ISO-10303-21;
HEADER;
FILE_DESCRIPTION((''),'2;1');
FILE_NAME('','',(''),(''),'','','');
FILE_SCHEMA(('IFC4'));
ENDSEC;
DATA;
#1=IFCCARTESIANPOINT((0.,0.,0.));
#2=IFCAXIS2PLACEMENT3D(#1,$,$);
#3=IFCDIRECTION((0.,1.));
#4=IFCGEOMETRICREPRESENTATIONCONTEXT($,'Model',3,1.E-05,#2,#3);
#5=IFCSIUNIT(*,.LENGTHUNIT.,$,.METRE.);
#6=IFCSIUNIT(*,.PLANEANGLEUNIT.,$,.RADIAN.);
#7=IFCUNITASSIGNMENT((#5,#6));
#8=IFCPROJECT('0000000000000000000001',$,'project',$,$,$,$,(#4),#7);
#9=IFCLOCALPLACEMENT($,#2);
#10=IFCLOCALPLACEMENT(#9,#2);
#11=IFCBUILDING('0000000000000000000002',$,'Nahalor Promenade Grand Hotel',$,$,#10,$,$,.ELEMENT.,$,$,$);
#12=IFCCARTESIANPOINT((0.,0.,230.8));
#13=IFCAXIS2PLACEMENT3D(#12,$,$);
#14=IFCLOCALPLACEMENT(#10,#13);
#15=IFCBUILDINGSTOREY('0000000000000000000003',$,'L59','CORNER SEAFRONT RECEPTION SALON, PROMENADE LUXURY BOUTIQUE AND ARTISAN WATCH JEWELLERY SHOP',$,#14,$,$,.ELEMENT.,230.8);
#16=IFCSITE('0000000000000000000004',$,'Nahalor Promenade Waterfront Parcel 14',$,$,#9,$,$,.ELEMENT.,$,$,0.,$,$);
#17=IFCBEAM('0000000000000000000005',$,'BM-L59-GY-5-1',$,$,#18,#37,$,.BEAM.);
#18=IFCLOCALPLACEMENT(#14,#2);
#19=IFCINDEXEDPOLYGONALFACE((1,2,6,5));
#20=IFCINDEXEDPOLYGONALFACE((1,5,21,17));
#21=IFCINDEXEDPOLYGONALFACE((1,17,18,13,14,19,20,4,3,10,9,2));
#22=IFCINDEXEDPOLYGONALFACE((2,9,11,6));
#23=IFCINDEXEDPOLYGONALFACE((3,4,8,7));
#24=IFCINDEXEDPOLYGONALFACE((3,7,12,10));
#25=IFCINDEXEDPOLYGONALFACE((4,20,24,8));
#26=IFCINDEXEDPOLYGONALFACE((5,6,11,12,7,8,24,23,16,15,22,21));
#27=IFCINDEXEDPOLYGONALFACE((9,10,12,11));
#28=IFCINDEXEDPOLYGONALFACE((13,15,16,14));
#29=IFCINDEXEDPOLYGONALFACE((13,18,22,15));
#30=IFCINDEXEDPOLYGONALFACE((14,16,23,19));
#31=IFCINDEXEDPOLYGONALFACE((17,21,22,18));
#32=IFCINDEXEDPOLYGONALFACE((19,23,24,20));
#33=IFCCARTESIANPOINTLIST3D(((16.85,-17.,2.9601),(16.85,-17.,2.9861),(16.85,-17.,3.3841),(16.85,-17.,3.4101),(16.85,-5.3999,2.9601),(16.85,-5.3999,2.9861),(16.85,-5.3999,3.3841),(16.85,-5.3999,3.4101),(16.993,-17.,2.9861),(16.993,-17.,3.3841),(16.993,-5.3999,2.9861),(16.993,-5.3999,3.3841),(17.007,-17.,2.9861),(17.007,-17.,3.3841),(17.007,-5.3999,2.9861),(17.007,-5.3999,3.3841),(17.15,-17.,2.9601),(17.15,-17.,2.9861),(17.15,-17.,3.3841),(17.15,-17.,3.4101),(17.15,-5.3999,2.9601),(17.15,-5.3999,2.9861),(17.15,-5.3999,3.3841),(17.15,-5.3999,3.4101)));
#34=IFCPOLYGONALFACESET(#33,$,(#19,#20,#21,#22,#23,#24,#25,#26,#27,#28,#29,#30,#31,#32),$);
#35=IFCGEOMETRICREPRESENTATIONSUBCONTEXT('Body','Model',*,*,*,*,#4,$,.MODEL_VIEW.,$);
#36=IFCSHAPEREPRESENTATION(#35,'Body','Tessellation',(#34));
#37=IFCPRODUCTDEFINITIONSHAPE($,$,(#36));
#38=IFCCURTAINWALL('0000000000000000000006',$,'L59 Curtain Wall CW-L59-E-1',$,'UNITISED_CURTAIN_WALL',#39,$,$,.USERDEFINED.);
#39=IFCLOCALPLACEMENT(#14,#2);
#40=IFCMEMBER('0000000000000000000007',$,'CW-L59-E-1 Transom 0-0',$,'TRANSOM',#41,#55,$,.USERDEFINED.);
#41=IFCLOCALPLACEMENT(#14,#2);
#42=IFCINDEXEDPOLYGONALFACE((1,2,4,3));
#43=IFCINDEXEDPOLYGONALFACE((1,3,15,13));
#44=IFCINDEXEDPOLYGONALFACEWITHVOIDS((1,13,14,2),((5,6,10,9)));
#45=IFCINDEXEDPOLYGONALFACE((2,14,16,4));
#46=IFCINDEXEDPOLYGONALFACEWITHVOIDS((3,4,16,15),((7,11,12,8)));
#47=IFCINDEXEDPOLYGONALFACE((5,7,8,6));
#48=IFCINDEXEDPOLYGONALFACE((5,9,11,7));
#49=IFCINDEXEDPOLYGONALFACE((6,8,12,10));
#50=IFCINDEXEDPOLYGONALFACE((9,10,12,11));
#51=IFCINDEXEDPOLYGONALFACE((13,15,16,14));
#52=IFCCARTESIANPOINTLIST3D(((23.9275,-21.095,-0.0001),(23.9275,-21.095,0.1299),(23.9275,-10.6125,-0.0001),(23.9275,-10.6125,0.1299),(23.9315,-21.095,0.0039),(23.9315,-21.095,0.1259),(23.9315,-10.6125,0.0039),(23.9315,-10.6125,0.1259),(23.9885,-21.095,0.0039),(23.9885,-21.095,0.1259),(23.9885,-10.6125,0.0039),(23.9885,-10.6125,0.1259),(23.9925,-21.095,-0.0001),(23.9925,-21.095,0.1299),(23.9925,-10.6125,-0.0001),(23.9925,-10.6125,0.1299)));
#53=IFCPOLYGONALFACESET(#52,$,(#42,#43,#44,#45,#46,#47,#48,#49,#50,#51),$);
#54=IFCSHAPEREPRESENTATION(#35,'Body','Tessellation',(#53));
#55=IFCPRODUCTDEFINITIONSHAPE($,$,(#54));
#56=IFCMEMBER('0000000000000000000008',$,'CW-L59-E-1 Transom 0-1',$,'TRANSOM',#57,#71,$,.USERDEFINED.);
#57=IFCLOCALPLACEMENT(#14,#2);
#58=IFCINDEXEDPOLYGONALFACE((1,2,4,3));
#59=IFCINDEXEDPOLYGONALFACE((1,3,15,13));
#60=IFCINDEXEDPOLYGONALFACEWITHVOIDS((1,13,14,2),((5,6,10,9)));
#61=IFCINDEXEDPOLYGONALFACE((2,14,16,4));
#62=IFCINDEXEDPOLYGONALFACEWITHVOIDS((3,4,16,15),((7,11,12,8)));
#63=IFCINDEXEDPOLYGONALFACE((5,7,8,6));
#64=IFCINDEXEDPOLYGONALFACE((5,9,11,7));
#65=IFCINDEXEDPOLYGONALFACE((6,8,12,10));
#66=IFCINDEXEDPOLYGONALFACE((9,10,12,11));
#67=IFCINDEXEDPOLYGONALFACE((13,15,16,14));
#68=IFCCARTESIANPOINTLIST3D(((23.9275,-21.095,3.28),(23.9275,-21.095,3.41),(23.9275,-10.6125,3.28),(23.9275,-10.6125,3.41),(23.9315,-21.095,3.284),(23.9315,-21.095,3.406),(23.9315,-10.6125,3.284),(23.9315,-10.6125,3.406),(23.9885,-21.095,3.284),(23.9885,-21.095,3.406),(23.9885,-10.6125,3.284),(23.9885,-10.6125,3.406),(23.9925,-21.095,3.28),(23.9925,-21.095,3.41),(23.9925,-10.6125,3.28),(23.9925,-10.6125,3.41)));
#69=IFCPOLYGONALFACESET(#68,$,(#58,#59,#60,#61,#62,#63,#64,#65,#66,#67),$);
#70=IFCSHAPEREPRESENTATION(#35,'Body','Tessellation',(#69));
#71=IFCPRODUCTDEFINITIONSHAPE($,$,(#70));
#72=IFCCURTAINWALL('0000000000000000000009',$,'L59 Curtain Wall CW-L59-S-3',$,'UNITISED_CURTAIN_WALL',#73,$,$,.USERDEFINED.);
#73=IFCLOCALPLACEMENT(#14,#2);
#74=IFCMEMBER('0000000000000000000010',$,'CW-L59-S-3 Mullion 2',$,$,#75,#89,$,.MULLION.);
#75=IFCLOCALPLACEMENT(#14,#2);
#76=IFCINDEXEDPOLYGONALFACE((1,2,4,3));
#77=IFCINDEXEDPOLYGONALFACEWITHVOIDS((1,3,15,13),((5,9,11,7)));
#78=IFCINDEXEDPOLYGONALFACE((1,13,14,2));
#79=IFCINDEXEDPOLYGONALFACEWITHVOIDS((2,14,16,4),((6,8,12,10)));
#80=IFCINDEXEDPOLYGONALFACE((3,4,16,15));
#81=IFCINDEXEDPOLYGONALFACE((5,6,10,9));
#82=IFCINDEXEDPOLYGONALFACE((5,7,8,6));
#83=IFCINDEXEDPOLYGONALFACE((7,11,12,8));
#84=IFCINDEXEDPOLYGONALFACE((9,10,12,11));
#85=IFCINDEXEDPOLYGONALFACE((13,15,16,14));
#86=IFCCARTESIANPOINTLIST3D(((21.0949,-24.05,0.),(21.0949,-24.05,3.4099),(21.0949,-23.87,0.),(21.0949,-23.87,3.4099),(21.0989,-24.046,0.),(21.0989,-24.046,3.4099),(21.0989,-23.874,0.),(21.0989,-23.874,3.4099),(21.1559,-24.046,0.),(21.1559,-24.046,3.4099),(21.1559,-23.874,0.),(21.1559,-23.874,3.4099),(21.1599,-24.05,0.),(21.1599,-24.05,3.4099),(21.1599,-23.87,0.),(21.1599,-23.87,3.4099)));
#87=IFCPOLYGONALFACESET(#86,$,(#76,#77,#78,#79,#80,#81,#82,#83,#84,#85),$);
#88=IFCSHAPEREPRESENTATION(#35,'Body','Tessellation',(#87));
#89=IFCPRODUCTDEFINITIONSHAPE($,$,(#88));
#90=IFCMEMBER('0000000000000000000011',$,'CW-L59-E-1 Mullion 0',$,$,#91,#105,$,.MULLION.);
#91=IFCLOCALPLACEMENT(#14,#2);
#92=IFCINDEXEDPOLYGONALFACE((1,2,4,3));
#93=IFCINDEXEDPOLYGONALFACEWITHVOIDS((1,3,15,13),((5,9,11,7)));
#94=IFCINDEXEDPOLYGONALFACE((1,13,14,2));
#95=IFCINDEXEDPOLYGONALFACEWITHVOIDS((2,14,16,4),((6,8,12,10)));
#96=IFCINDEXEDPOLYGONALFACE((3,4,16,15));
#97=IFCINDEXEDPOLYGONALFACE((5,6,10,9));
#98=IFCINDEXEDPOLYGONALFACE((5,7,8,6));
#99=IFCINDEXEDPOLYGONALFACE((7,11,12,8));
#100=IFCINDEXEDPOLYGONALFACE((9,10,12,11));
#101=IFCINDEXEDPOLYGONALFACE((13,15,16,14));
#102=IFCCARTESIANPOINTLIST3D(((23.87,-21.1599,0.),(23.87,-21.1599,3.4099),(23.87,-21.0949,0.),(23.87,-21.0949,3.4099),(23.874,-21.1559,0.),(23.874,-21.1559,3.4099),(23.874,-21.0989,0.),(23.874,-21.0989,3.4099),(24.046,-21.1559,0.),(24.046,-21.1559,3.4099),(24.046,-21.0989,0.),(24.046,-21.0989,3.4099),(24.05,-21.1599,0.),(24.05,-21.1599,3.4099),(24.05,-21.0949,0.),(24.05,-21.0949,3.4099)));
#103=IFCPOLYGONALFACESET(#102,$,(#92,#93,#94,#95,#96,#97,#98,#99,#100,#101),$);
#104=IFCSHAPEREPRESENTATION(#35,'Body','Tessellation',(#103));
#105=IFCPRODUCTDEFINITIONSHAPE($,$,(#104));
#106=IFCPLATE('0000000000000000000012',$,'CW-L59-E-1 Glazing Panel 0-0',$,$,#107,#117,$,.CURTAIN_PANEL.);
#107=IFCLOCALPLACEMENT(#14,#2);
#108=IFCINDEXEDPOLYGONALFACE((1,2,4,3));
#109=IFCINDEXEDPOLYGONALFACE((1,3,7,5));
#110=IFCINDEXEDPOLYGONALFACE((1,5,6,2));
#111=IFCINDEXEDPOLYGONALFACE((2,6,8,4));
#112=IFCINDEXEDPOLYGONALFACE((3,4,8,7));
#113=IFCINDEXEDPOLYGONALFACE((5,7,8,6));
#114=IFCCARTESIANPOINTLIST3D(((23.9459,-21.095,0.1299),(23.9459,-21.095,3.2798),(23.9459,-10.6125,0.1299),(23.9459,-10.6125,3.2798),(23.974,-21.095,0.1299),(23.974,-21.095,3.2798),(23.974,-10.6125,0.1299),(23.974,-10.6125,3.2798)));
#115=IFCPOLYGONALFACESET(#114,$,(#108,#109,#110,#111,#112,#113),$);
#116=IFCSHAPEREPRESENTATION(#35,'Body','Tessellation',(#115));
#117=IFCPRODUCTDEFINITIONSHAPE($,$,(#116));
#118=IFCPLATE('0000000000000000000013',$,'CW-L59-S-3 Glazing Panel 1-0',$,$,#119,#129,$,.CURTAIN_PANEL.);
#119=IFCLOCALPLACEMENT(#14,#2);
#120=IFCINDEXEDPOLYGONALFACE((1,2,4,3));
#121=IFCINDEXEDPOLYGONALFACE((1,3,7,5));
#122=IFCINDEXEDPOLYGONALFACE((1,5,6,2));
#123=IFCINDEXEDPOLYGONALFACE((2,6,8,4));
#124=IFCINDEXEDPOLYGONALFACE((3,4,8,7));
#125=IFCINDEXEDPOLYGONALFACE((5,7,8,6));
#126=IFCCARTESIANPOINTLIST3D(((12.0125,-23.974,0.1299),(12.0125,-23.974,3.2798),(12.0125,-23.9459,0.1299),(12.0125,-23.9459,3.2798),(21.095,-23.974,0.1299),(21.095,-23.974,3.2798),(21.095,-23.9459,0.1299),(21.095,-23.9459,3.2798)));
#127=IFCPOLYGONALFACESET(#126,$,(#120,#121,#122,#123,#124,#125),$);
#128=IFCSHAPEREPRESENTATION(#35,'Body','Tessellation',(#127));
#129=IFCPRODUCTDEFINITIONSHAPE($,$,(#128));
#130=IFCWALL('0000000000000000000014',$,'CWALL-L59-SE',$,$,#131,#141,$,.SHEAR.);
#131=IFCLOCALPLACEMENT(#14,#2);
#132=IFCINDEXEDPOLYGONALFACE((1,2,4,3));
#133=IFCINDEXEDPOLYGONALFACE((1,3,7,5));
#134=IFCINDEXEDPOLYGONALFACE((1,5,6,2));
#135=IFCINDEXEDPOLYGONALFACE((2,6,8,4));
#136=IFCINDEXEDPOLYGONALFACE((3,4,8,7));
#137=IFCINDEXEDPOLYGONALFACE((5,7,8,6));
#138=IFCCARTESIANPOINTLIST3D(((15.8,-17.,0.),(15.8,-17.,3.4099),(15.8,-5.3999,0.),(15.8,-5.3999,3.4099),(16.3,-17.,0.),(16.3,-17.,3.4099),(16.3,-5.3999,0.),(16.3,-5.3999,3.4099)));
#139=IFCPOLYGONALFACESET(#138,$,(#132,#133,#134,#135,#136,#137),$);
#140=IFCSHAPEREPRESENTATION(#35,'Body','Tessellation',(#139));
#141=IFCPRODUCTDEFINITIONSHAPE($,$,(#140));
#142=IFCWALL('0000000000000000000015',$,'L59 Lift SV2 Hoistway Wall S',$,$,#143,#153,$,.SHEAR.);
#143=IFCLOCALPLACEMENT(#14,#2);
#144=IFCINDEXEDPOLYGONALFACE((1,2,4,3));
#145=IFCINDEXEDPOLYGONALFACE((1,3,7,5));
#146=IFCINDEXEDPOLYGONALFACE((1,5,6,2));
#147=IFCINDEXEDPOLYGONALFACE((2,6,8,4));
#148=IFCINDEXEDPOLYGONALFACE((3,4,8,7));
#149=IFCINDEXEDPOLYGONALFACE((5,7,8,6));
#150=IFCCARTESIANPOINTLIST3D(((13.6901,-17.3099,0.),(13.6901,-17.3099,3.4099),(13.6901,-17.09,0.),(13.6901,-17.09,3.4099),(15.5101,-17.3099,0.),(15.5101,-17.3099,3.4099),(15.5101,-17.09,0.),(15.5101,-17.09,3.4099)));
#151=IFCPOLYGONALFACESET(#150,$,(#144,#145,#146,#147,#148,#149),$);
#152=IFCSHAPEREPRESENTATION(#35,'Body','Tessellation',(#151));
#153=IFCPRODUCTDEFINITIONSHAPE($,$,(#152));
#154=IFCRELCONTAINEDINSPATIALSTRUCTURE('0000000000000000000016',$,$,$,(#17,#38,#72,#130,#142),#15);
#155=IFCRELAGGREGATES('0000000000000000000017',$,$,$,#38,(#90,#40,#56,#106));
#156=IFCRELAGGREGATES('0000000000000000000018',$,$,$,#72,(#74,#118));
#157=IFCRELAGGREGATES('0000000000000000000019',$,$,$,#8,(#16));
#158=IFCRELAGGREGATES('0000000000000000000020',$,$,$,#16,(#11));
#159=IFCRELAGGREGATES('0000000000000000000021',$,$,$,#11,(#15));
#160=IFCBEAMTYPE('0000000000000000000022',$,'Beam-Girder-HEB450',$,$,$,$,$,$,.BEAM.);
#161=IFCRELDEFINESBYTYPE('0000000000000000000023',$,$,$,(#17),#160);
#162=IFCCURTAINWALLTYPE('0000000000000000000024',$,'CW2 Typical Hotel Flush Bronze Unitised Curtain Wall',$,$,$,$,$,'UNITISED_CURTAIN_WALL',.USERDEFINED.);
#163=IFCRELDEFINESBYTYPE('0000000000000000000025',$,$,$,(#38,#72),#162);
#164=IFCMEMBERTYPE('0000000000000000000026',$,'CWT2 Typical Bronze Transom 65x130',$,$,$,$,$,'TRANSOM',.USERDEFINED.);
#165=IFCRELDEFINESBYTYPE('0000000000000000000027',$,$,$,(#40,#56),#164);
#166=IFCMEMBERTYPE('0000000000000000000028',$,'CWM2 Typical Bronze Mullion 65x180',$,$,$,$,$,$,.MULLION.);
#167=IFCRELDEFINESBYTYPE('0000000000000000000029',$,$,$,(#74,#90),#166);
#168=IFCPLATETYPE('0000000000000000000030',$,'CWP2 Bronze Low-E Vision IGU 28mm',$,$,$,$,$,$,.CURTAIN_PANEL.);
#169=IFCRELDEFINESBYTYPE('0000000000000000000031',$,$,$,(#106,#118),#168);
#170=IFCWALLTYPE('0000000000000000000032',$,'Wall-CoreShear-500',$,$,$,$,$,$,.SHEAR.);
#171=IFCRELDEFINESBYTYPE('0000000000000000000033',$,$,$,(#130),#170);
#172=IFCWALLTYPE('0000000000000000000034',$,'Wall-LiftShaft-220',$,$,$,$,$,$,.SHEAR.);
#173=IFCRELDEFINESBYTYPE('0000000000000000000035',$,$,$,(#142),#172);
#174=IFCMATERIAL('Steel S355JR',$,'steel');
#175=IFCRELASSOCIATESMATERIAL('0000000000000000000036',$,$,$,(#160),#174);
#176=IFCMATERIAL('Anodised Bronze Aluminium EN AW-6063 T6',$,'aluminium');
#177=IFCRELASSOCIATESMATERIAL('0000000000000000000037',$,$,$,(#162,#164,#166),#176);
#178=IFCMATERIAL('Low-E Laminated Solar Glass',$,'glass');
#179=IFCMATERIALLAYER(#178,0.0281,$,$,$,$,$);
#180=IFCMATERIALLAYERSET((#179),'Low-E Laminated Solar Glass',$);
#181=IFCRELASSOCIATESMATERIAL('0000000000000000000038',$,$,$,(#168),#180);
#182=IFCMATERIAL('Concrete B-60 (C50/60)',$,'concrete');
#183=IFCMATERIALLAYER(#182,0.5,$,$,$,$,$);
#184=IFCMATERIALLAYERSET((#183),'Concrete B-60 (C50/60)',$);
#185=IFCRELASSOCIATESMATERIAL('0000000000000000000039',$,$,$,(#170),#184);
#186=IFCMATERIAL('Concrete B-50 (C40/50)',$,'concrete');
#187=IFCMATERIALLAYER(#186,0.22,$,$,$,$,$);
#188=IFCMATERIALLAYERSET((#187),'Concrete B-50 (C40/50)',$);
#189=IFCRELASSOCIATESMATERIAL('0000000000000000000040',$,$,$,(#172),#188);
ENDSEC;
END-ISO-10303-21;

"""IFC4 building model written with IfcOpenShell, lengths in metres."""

from ifc_helpers import new_model, si_unit, direction, frame, frame_2d, origin, origin_2d, place, context, subcontext, project, spatial, rectangle, hollow_rectangle, i_section, extrude, source, transform, mapped, material, layer, layer_set, material_profile, profile_set, type_object, element, aggregate, save


model = new_model("IFC4")

# Units and contexts
model_context = context("Model", 3, precision=1e-05, world=origin(), true_north=direction((0.0, 1.0)))
body_context = subcontext(model_context, "Body", "Model", "MODEL_VIEW")
ifc_project = project(units=[si_unit("LENGTHUNIT", "METRE"), si_unit("PLANEANGLEUNIT", "RADIAN")], contexts=[model_context])

# Site, building, storey
site_placement = place(None, origin())
site = spatial("IfcSite", under=ifc_project, at=site_placement, Name="Nahalor Promenade Waterfront Parcel 14", CompositionType="ELEMENT", RefElevation=0.0)
building_placement = place(site_placement, origin())
building = spatial("IfcBuilding", under=site, at=building_placement, Name="Nahalor Promenade Grand Hotel", CompositionType="ELEMENT")
storey_placement = place(building_placement, frame((0.0, 0.0, 230.8)))
storey = spatial("IfcBuildingStorey", under=building, at=storey_placement, Name="L59", Description="CORNER SEAFRONT RECEPTION SALON, PROMENADE LUXURY BOUTIQUE AND ARTISAN WATCH JEWELLERY SHOP", CompositionType="ELEMENT", Elevation=230.8)

# Shared definitions
ifc_material_1 = material(Name="Concrete B-60 (C50/60)", Category="concrete")
ifc_material_2 = material(Name="Steel S355JR", Category="steel")

# Beam
ifc_material_profile_1 = material_profile(ifc_material_2, i_section(OverallWidth=0.3, OverallDepth=0.45, WebThickness=0.014, FlangeThickness=0.026, at=origin_2d()), Name="HEB 450")
ifc_profile_set_1 = profile_set([ifc_material_profile_1], Name="Steel S355JR")
beam_type_1 = type_object("IfcBeamType", Name="Beam-Girder-HEB450", PredefinedType="BEAM", material=ifc_profile_set_1)
shared_shape_1 = source(origin(), body_context, "Body", "SweptSolid", [
    extrude(i_section(OverallWidth=0.3, OverallDepth=0.45, WebThickness=0.014, FlangeThickness=0.026, at=origin_2d()), origin(), (0.0, 0.0, 1.0), 11.6001),
])
beam_1_placement = place(storey_placement, frame((17.0, -17.0, 3.1851), z_axis=(0.0, 1.0, 0.0), x_axis=(-1.0, 0.0, 0.0)))
element("IfcBeam", 1, at=beam_1_placement, inside=storey, type_object=beam_type_1, Name="BM-L59-GY-5-1", PredefinedType="BEAM", context=body_context, shape_type="MappedRepresentation", body=[
    mapped(shared_shape_1, transform((0.0, 0.0, 0.0), scale=1.0)),
])

# Curtain wall, members
ifc_material_3 = material(Name="Anodised Bronze Aluminium EN AW-6063 T6", Category="aluminium")
curtain_wall_type = type_object("IfcCurtainWallType", Name="CW2 Typical Hotel Flush Bronze Unitised Curtain Wall", ElementType="UNITISED_CURTAIN_WALL", PredefinedType="USERDEFINED", material=ifc_material_3)
curtain_wall_1_placement = place(storey_placement, origin())
curtain_wall_1 = element("IfcCurtainWall", 2, at=curtain_wall_1_placement, inside=storey, type_object=curtain_wall_type, Name="L59 Curtain Wall CW-L59-E-1", ObjectType="UNITISED_CURTAIN_WALL", PredefinedType="USERDEFINED")
ifc_material_profile_2 = material_profile(ifc_material_3, hollow_rectangle(XDim=0.065, YDim=0.13, WallThickness=0.004, at=origin_2d()), Name="CWT 65x130x4")
ifc_profile_set_2 = profile_set([ifc_material_profile_2], Name="Anodised Bronze Aluminium EN AW-6063 T6")
member_type_1 = type_object("IfcMemberType", Name="CWT2 Typical Bronze Transom 65x130", ElementType="TRANSOM", PredefinedType="USERDEFINED", material=ifc_profile_set_2)
shared_shape_2 = source(origin(), body_context, "Body", "SweptSolid", [
    extrude(hollow_rectangle(XDim=0.065, YDim=0.13, WallThickness=0.004, at=origin_2d()), origin(), (0.0, 0.0, 1.0), 10.4824),
])
member_1_placement = place(storey_placement, frame((23.96, -21.095, 0.0649), z_axis=(0.0, 1.0, 0.0), x_axis=(-1.0, 0.0, 0.0)))
member_1 = element("IfcMember", 3, at=member_1_placement, type_object=member_type_1, Name="CW-L59-E-1 Transom 0-0", ObjectType="TRANSOM", PredefinedType="USERDEFINED", context=body_context, shape_type="MappedRepresentation", body=[
    mapped(shared_shape_2, transform((0.0, 0.0, 0.0), scale=1.0)),
])
member_2_placement = place(storey_placement, frame((23.96, -21.095, 3.345), z_axis=(0.0, 1.0, 0.0), x_axis=(-1.0, 0.0, 0.0)))
member_2 = element("IfcMember", 4, at=member_2_placement, type_object=member_type_1, Name="CW-L59-E-1 Transom 0-1", ObjectType="TRANSOM", PredefinedType="USERDEFINED", context=body_context, shape_type="MappedRepresentation", body=[
    mapped(shared_shape_2, transform((0.0, 0.0, 0.0), scale=1.0)),
])

# Curtain wall, member
curtain_wall_2_placement = place(storey_placement, origin())
curtain_wall_2 = element("IfcCurtainWall", 5, at=curtain_wall_2_placement, inside=storey, type_object=curtain_wall_type, Name="L59 Curtain Wall CW-L59-S-3", ObjectType="UNITISED_CURTAIN_WALL", PredefinedType="USERDEFINED")
ifc_material_profile_3 = material_profile(ifc_material_3, hollow_rectangle(XDim=0.065, YDim=0.18, WallThickness=0.004, at=origin_2d()), Name="CWM 65x180x4")
ifc_profile_set_3 = profile_set([ifc_material_profile_3], Name="Anodised Bronze Aluminium EN AW-6063 T6")
member_type_2 = type_object("IfcMemberType", Name="CWM2 Typical Bronze Mullion 65x180", PredefinedType="MULLION", material=ifc_profile_set_3)
shared_shape_3 = source(origin(), body_context, "Body", "SweptSolid", [
    extrude(hollow_rectangle(XDim=0.065, YDim=0.18, WallThickness=0.004, at=origin_2d()), origin(), (0.0, 0.0, 1.0), 3.4099),
])
member_3_placement = place(storey_placement, frame((21.1274, -23.96, 0.0), z_axis=(0.0, 0.0, 1.0), x_axis=(1.0, 0.0, 0.0)))
member_3 = element("IfcMember", 6, at=member_3_placement, type_object=member_type_2, Name="CW-L59-S-3 Mullion 2", PredefinedType="MULLION", context=body_context, shape_type="MappedRepresentation", body=[
    mapped(shared_shape_3, transform((0.0, 0.0, 0.0), scale=1.0)),
])

# Member
member_4_placement = place(storey_placement, frame((23.96, -21.1274, 0.0), z_axis=(0.0, 0.0, 1.0), x_axis=(0.0, 1.0, 0.0)))
member_4 = element("IfcMember", 7, at=member_4_placement, type_object=member_type_2, Name="CW-L59-E-1 Mullion 0", PredefinedType="MULLION", context=body_context, shape_type="MappedRepresentation", body=[
    mapped(shared_shape_3, transform((0.0, 0.0, 0.0), scale=1.0)),
])

# Plates
ifc_material_4 = material(Name="Low-E Laminated Solar Glass", Category="glass")
ifc_layer_1 = layer(ifc_material_4, 0.0281)
ifc_layer_set_1 = layer_set([ifc_layer_1], Name="Low-E Laminated Solar Glass")
plate_type = type_object("IfcPlateType", Name="CWP2 Bronze Low-E Vision IGU 28mm", PredefinedType="CURTAIN_PANEL", material=ifc_layer_set_1)
shared_shape_4 = source(origin(), body_context, "Body", "SweptSolid", [
    extrude(rectangle(XDim=10.4824, YDim=0.0281, at=origin_2d()), origin(), (0.0, 0.0, 1.0), 3.1499),
])
plate_1_placement = place(storey_placement, frame((23.96, -15.8538, 0.1299), z_axis=(0.0, 0.0, 1.0), x_axis=(0.0, 1.0, 0.0)))
plate_1 = element("IfcPlate", 8, at=plate_1_placement, type_object=plate_type, Name="CW-L59-E-1 Glazing Panel 0-0", PredefinedType="CURTAIN_PANEL", context=body_context, shape_type="MappedRepresentation", body=[
    mapped(shared_shape_4, transform((0.0, 0.0, 0.0), scale=1.0)),
])
aggregate(curtain_wall_1, [member_4, member_1, member_2, plate_1])
shared_shape_5 = source(origin(), body_context, "Body", "SweptSolid", [
    extrude(rectangle(XDim=9.0825, YDim=0.0281, at=origin_2d()), origin(), (0.0, 0.0, 1.0), 3.1499),
])
plate_2_placement = place(storey_placement, frame((16.5537, -23.96, 0.1299), z_axis=(0.0, 0.0, 1.0), x_axis=(1.0, 0.0, 0.0)))
plate_2 = element("IfcPlate", 9, at=plate_2_placement, type_object=plate_type, Name="CW-L59-S-3 Glazing Panel 1-0", PredefinedType="CURTAIN_PANEL", context=body_context, shape_type="MappedRepresentation", body=[
    mapped(shared_shape_5, transform((0.0, 0.0, 0.0), scale=1.0)),
])
aggregate(curtain_wall_2, [member_3, plate_2])

# Walls
ifc_layer_2 = layer(ifc_material_1, 0.5)
ifc_layer_set_2 = layer_set([ifc_layer_2], Name="Concrete B-60 (C50/60)")
wall_type_1 = type_object("IfcWallType", Name="Wall-CoreShear-500", PredefinedType="SHEAR", material=ifc_layer_set_2)
shared_shape_6 = source(origin(), body_context, "Body", "SweptSolid", [
    extrude(rectangle(XDim=11.6001, YDim=0.5, at=frame_2d((5.8, 0.0))), origin(), (0.0, 0.0, 1.0), 3.4099),
])
wall_1_placement = place(storey_placement, frame((16.05, -17.0, 0.0), z_axis=(0.0, 0.0, 1.0), x_axis=(0.0, 1.0, 0.0)))
element("IfcWall", 10, at=wall_1_placement, inside=storey, type_object=wall_type_1, Name="CWALL-L59-SE", PredefinedType="SHEAR", context=body_context, shape_type="MappedRepresentation", body=[
    mapped(shared_shape_6, transform((0.0, 0.0, 0.0), scale=1.0)),
])
ifc_material_5 = material(Name="Concrete B-50 (C40/50)", Category="concrete")
ifc_layer_3 = layer(ifc_material_5, 0.22)
ifc_layer_set_3 = layer_set([ifc_layer_3], Name="Concrete B-50 (C40/50)")
wall_type_2 = type_object("IfcWallType", Name="Wall-LiftShaft-220", PredefinedType="SHEAR", material=ifc_layer_set_3)
shared_shape_7 = source(origin(), body_context, "Body", "SweptSolid", [
    extrude(rectangle(XDim=1.8201, YDim=0.22, at=frame_2d((0.9102, 0.0))), origin(), (0.0, 0.0, 1.0), 3.4099),
])
wall_2_placement = place(storey_placement, frame((13.6899, -17.2, 0.0), z_axis=(0.0, 0.0, 1.0), x_axis=(1.0, 0.0, 0.0)))
element("IfcWall", 11, at=wall_2_placement, inside=storey, type_object=wall_type_2, Name="L59 Lift SV2 Hoistway Wall S", PredefinedType="SHEAR", context=body_context, shape_type="MappedRepresentation", body=[
    mapped(shared_shape_7, transform((0.0, 0.0, 0.0), scale=1.0)),
])

save(model, "model.ifc")
